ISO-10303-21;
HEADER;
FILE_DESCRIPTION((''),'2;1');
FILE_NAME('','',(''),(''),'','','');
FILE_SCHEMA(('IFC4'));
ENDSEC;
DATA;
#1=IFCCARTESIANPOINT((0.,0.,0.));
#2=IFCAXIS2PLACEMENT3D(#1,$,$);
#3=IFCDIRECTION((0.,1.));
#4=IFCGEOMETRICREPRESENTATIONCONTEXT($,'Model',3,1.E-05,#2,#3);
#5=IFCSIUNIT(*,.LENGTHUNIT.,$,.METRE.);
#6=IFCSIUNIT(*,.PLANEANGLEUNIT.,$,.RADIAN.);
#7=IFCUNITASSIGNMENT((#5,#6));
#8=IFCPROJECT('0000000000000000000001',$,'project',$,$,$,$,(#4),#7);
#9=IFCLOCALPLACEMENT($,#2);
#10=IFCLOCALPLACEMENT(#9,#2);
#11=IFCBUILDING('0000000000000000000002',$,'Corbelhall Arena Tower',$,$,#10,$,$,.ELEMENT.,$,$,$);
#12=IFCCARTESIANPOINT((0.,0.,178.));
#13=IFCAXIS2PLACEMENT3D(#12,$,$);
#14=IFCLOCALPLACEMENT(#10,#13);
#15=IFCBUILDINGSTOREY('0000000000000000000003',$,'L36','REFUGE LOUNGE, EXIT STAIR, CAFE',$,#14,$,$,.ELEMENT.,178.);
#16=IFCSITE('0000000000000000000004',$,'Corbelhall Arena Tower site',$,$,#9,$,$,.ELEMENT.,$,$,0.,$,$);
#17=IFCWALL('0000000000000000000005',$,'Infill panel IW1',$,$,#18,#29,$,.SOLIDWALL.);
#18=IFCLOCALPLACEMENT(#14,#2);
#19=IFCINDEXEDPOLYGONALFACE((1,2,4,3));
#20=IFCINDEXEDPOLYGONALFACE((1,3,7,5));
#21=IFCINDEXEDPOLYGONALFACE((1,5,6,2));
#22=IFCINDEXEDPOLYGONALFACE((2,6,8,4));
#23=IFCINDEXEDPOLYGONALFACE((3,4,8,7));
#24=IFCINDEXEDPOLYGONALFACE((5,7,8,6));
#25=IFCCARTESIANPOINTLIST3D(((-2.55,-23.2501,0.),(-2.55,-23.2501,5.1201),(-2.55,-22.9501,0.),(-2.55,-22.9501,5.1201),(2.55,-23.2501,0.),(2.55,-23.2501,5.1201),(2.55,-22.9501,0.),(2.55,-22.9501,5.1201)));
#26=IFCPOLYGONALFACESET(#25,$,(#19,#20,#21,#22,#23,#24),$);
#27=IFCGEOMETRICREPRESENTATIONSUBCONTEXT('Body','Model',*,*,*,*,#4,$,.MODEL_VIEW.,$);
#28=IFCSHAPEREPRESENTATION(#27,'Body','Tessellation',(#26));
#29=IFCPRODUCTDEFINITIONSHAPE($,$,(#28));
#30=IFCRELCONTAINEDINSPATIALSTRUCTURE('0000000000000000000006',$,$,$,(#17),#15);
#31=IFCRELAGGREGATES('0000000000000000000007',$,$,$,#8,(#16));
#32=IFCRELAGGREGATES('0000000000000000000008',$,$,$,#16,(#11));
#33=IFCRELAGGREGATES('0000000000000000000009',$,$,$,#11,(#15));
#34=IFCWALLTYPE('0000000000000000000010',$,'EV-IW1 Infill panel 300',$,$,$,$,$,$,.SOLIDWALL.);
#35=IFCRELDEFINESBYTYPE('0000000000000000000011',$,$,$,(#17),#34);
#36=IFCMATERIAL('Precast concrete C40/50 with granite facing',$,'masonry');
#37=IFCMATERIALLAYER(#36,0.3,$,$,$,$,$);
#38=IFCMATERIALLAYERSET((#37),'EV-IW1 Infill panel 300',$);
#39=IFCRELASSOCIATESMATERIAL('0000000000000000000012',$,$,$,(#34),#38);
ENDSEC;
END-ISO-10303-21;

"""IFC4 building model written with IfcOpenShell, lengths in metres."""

from ifc_helpers import new_model, si_unit, direction, frame, frame_2d, origin, place, context, subcontext, project, spatial, rectangle, extrude, material, layer, layer_set, type_object, element, save


model = new_model("IFC4")

# Units and contexts
model_context = context("Model", 3, precision=1e-05, world=origin(), true_north=direction((0.0, 1.0)))
body_context = subcontext(model_context, "Body", "Model", "MODEL_VIEW")
ifc_project = project(units=[si_unit("LENGTHUNIT", "METRE"), si_unit("PLANEANGLEUNIT", "RADIAN")], contexts=[model_context])

# Site, building, storey
site_placement = place(None, origin())
site = spatial("IfcSite", under=ifc_project, at=site_placement, Name="Corbelhall Arena Tower site", CompositionType="ELEMENT", RefElevation=0.0)
building_placement = place(site_placement, origin())
building = spatial("IfcBuilding", under=site, at=building_placement, Name="Corbelhall Arena Tower", CompositionType="ELEMENT")
storey_placement = place(building_placement, frame((0.0, 0.0, 178.0)))
storey = spatial("IfcBuildingStorey", under=building, at=storey_placement, Name="L36", Description="REFUGE LOUNGE, EXIT STAIR, CAFE", CompositionType="ELEMENT", Elevation=178.0)

# Wall
ifc_material_1 = material(Name="Precast concrete C40/50 with granite facing", Category="masonry")
ifc_layer_1 = layer(ifc_material_1, 0.3)
ifc_layer_set_1 = layer_set([ifc_layer_1], Name="EV-IW1 Infill panel 300")
wall_type_1 = type_object("IfcWallType", Name="EV-IW1 Infill panel 300", PredefinedType="SOLIDWALL", material=ifc_layer_set_1)
for number, where, z_axis, x_axis, name in (
    (1, (-2.55, -23.1001, 0.0), (0.0, 0.0, 1.0), (1.0, 0.0, 0.0), "Infill panel IW1"),
):
    element("IfcWall", number, at=place(storey_placement, frame(where, z_axis=z_axis, x_axis=x_axis)), inside=storey, type_object=wall_type_1, Name=name, PredefinedType="SOLIDWALL", context=body_context, shape_type="SweptSolid", body=[
        extrude(rectangle(XDim=5.1001, YDim=0.3, at=frame_2d((2.55, 0.0))), origin(), (0.0, 0.0, 1.0), 5.1201),
    ])

save(model, "model.ifc")
